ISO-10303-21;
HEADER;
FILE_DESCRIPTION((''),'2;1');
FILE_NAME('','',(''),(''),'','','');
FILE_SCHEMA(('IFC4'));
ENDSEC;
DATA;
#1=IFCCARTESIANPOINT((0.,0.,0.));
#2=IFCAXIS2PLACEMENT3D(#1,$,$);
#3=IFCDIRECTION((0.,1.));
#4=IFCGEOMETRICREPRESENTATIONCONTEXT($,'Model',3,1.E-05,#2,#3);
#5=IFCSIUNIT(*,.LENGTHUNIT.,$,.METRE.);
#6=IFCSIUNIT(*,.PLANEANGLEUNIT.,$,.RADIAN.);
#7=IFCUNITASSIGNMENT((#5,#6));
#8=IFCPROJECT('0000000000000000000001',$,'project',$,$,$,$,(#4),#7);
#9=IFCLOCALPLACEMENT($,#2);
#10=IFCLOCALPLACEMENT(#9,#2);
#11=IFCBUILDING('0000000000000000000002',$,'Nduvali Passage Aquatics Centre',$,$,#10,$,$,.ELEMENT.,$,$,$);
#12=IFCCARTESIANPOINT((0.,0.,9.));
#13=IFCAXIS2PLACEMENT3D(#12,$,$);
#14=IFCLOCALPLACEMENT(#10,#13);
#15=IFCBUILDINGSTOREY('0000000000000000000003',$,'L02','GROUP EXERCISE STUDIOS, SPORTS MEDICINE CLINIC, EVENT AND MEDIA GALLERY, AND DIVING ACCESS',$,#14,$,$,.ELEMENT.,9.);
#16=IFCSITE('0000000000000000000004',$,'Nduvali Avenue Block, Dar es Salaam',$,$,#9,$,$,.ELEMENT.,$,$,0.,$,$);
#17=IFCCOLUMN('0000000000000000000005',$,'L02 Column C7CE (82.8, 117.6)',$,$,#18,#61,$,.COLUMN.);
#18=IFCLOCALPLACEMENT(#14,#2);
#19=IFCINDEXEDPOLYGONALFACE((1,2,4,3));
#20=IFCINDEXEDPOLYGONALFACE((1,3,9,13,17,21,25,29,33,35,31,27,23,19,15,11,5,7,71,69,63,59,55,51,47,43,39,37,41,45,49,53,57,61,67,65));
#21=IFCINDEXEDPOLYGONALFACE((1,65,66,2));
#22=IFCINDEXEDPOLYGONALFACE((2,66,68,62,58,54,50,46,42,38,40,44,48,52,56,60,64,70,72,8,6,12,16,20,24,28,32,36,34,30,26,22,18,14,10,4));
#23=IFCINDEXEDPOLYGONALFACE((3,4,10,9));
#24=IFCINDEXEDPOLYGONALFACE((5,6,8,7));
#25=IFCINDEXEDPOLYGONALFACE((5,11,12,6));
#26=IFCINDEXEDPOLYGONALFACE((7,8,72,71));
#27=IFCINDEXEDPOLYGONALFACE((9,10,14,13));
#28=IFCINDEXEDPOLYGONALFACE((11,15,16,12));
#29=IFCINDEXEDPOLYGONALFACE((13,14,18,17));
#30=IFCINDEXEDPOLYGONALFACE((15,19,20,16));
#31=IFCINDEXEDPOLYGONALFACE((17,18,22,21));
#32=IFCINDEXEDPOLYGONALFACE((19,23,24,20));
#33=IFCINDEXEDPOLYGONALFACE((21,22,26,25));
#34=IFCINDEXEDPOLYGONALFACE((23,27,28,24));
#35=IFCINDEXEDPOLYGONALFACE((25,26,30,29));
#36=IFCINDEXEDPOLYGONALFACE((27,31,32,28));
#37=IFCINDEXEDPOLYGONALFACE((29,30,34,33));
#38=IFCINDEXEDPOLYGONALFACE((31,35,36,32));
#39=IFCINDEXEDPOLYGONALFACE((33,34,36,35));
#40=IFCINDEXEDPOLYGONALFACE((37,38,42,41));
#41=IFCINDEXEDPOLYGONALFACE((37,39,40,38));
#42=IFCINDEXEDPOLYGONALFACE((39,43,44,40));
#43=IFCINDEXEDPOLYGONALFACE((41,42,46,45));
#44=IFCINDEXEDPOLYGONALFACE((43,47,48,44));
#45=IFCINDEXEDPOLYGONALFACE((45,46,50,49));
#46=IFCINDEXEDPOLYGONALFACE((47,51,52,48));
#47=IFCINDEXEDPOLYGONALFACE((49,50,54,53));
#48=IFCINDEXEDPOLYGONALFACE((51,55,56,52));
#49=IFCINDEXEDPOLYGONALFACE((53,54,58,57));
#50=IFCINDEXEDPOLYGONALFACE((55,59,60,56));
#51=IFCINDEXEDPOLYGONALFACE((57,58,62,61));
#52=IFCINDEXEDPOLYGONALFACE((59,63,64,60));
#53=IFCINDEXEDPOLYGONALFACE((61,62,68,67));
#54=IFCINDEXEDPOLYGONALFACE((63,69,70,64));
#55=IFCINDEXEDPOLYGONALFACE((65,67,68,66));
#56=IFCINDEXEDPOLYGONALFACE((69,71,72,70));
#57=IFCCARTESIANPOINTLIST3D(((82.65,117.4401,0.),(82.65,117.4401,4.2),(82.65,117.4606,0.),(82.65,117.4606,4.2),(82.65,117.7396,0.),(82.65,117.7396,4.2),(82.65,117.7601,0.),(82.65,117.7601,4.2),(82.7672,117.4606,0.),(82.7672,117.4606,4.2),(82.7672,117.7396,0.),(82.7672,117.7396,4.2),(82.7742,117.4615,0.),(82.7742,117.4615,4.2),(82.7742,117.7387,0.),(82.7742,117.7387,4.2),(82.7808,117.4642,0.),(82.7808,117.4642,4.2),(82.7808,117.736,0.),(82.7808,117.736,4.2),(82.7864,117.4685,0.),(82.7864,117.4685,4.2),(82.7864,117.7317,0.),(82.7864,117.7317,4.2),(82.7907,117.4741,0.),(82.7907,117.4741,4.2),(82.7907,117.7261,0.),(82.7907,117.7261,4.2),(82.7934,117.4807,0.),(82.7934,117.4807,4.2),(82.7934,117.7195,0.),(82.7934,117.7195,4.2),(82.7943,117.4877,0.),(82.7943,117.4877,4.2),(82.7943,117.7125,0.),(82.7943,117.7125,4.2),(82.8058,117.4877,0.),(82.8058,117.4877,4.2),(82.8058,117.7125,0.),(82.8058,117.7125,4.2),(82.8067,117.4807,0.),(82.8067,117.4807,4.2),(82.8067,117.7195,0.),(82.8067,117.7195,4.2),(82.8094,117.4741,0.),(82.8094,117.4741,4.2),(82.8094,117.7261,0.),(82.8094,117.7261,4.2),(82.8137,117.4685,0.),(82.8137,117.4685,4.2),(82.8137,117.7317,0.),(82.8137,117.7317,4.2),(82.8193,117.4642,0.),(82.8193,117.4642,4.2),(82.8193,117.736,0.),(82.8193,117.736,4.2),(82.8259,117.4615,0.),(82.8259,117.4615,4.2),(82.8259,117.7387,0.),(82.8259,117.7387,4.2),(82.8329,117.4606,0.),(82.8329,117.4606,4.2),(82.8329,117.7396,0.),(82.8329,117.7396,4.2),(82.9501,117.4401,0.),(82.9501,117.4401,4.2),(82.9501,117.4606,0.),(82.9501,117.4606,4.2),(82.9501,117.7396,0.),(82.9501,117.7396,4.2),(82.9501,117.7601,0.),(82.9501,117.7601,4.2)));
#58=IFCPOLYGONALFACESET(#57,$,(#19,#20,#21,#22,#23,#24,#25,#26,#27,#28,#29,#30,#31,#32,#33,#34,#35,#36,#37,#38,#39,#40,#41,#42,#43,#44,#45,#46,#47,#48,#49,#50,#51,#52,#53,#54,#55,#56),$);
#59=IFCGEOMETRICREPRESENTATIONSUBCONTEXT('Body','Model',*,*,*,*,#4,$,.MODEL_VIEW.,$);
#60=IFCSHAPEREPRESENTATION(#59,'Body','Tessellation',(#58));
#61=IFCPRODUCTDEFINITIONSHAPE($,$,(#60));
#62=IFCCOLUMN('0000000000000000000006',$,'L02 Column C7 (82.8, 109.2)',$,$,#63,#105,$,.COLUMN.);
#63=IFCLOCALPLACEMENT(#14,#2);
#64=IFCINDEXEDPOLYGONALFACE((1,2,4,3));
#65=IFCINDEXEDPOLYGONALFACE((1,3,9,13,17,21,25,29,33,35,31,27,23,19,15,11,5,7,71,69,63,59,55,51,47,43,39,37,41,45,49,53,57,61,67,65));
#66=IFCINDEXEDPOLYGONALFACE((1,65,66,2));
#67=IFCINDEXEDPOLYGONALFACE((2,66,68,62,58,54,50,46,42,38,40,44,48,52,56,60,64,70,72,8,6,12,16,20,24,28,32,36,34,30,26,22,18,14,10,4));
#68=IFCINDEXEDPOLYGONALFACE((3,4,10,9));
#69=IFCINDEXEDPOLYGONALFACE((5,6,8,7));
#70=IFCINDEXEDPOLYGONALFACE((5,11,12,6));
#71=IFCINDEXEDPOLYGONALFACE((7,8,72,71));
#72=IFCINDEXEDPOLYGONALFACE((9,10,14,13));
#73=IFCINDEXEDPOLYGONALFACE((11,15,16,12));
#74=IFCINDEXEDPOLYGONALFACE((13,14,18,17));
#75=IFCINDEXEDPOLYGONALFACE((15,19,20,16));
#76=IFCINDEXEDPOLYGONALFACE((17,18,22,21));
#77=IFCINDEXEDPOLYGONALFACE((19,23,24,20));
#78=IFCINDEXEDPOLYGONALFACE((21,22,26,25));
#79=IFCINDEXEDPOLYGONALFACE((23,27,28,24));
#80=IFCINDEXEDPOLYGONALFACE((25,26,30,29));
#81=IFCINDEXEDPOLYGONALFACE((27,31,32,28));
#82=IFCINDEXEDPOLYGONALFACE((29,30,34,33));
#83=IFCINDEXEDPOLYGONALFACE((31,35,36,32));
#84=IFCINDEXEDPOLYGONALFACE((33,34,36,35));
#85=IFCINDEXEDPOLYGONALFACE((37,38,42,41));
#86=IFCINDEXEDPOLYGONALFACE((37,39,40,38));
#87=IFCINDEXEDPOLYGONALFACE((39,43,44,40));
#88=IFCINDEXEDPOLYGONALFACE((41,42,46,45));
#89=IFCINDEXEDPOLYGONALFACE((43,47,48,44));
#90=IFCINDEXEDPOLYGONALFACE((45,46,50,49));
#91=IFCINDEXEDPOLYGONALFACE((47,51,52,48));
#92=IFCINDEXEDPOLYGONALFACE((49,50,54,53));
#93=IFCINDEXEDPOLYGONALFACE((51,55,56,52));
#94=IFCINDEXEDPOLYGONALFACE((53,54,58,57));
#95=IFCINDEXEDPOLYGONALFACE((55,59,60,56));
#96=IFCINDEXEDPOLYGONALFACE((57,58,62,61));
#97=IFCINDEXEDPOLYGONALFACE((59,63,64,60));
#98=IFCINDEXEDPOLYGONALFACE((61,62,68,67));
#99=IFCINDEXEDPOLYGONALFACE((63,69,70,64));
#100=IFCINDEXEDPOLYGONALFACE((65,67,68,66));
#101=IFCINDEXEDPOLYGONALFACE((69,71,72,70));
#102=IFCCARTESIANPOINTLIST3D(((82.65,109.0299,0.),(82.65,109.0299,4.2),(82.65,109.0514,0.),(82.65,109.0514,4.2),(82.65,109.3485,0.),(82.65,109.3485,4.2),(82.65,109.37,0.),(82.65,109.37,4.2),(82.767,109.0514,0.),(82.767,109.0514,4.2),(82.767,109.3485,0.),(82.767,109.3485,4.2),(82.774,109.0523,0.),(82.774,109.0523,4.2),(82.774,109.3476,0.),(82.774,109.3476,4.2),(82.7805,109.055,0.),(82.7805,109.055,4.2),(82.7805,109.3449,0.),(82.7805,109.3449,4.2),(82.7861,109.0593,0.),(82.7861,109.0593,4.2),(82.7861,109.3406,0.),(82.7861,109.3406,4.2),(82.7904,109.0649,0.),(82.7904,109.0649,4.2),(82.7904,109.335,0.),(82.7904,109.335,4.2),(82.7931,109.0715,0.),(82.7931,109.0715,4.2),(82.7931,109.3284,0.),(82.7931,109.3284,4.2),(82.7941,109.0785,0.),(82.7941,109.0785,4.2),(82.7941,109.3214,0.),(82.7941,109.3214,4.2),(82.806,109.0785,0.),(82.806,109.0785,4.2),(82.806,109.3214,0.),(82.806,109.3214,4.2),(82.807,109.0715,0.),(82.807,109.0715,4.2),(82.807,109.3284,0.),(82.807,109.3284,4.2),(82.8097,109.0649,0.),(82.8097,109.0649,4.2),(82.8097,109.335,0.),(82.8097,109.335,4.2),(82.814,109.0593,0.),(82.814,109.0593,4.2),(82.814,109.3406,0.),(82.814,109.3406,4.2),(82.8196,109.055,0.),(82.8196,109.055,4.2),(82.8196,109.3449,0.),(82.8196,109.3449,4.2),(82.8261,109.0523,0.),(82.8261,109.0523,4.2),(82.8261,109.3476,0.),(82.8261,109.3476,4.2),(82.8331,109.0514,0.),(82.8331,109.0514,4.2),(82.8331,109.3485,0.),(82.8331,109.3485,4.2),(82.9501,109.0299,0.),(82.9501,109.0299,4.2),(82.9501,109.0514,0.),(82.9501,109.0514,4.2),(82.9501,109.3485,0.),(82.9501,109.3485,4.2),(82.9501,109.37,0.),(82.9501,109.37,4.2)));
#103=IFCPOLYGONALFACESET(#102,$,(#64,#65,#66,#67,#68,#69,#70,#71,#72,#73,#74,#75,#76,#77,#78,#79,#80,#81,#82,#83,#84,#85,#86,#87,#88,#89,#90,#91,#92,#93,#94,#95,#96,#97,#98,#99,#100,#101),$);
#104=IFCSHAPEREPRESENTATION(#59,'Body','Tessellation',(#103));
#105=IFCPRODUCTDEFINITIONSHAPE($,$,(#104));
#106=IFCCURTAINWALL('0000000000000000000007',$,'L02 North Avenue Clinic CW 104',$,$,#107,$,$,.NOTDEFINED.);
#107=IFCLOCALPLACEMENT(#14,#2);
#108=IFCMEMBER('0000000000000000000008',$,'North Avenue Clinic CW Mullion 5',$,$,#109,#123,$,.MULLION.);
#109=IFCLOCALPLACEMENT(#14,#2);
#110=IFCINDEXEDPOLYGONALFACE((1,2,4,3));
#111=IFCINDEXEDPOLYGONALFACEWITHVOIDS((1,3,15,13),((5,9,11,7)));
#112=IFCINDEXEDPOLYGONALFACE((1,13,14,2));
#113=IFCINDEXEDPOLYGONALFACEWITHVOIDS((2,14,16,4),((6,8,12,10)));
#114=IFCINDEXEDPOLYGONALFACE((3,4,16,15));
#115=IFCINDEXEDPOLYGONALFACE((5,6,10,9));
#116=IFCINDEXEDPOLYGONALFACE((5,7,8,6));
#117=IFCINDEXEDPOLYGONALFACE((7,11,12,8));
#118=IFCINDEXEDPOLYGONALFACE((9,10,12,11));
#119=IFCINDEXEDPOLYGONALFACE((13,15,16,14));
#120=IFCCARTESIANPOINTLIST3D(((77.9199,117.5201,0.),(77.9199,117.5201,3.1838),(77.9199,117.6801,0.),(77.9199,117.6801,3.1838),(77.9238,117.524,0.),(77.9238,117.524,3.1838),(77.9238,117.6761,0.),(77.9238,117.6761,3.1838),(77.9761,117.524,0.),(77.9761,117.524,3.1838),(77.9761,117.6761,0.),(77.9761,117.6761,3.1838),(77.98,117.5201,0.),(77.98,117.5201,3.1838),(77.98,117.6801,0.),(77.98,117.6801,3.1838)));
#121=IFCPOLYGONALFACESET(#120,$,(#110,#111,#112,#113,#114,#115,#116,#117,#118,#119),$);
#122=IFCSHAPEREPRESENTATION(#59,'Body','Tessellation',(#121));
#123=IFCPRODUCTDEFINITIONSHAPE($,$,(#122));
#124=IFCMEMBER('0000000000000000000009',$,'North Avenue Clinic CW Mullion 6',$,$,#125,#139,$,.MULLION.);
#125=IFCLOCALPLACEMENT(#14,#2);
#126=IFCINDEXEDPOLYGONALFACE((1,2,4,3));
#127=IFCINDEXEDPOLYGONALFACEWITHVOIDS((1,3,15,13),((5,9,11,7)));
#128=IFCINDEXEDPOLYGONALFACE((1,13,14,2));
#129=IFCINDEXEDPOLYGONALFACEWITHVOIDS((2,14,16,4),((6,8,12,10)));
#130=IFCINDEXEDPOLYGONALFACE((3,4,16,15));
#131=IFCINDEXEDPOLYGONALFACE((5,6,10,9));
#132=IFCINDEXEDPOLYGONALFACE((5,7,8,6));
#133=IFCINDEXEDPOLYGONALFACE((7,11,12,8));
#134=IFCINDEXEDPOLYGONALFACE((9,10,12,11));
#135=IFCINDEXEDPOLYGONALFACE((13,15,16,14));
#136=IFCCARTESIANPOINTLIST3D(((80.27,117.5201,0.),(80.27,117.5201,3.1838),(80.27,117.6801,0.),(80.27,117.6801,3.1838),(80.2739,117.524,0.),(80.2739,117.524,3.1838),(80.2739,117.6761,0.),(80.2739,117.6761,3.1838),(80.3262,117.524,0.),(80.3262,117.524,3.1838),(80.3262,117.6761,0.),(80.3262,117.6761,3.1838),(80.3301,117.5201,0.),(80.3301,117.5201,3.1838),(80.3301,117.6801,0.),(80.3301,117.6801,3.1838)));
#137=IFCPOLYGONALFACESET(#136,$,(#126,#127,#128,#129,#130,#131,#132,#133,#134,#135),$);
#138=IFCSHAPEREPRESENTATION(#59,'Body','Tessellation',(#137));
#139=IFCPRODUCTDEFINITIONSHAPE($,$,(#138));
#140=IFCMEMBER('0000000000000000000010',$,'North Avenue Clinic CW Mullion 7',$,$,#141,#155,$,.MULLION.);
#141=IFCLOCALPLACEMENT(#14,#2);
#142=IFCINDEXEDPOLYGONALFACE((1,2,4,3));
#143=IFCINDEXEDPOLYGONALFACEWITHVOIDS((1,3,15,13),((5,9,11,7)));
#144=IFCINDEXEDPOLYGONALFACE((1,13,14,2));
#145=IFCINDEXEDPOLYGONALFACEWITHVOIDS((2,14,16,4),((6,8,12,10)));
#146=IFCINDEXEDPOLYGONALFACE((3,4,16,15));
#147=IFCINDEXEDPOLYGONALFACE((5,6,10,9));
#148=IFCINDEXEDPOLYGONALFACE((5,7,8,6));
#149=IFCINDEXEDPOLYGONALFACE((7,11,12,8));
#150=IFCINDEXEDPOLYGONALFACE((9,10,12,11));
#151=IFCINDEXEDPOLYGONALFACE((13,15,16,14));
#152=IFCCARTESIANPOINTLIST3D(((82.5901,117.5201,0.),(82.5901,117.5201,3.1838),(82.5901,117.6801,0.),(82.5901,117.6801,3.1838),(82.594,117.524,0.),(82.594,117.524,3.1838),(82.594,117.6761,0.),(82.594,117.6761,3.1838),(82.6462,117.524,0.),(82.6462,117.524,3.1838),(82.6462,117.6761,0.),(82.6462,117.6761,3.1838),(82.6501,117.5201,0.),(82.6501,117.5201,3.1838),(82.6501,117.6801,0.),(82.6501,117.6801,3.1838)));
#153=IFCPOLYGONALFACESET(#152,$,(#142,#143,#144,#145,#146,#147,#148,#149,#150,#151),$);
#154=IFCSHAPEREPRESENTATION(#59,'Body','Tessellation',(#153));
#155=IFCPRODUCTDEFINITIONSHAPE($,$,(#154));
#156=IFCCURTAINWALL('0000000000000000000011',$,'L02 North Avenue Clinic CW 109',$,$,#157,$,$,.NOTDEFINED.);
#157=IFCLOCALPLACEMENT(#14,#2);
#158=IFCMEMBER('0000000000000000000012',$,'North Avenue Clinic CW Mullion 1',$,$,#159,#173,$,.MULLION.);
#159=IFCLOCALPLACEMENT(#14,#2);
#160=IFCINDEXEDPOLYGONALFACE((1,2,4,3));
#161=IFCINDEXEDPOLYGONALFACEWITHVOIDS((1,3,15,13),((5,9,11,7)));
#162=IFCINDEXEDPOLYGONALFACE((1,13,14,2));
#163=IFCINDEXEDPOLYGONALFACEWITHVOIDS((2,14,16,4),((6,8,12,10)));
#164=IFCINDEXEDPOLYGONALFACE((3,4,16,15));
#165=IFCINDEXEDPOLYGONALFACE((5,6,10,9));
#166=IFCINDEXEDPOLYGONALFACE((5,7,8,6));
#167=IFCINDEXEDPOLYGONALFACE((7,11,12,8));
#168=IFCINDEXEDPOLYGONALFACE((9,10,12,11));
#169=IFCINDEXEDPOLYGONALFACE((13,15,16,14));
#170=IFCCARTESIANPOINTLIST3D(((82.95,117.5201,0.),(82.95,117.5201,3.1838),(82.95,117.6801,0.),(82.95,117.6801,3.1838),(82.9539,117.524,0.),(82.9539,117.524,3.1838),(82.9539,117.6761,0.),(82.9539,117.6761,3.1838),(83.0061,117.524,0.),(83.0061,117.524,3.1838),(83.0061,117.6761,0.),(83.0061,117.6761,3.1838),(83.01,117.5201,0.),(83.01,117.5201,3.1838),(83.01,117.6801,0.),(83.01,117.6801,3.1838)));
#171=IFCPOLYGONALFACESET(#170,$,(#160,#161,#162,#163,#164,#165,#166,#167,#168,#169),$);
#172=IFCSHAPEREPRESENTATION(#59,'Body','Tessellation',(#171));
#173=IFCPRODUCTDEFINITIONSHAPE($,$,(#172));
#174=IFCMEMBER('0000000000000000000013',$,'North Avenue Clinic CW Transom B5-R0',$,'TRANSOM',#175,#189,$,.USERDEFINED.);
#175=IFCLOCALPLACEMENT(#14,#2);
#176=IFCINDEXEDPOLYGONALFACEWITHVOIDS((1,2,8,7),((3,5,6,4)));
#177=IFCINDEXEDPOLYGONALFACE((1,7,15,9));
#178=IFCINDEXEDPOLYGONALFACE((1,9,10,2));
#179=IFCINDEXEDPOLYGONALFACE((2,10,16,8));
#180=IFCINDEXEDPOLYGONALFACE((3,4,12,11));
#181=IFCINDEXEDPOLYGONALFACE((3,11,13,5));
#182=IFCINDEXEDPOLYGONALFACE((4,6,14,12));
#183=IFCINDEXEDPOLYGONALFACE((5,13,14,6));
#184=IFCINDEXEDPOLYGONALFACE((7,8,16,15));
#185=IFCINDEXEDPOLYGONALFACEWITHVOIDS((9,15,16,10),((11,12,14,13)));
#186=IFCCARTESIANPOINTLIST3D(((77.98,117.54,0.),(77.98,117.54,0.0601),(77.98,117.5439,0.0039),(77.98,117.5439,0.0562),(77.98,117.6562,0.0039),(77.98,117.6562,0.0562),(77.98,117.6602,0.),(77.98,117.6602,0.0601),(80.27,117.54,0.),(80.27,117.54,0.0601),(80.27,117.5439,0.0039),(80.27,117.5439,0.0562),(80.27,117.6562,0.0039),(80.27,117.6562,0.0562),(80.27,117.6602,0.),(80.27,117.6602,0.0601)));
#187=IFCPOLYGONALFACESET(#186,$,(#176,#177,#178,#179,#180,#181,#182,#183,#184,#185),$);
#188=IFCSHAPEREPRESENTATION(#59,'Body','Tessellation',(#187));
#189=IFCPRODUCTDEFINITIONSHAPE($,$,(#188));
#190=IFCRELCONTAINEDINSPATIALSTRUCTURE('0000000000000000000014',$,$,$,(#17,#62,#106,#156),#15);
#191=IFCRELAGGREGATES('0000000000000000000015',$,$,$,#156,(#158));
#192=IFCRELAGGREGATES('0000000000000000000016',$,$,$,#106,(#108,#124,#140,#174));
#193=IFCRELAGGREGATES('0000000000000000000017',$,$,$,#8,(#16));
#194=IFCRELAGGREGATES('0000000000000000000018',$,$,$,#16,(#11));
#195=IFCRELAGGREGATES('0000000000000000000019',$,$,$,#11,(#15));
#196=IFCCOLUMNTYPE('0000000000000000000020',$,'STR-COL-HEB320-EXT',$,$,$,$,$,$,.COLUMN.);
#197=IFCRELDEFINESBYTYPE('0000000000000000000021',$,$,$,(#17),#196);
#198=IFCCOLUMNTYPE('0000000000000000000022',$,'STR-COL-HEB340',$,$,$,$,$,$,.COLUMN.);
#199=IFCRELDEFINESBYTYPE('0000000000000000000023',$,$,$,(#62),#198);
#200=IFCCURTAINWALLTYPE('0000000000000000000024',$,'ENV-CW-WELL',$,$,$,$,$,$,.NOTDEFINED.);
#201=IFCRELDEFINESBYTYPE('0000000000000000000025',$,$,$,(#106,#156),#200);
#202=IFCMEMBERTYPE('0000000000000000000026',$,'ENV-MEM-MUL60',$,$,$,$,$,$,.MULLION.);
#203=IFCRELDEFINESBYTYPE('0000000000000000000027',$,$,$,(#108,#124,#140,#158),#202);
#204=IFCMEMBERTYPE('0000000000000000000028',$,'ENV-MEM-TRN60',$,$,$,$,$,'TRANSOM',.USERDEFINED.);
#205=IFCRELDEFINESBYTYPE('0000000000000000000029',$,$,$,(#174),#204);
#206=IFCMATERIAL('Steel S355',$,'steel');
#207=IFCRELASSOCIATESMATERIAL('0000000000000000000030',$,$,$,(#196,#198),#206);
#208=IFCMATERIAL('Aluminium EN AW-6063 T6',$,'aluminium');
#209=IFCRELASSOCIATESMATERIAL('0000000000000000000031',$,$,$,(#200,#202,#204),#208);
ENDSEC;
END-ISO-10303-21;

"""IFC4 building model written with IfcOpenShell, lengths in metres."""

from ifc_helpers import new_model, si_unit, direction, frame, origin, origin_2d, place, context, subcontext, project, spatial, hollow_rectangle, i_section, extrude, material, material_profile, profile_set, type_object, element, aggregate, save


model = new_model("IFC4")

# Units and contexts
model_context = context("Model", 3, precision=1e-05, world=origin(), true_north=direction((0.0, 1.0)))
body_context = subcontext(model_context, "Body", "Model", "MODEL_VIEW")
ifc_project = project(units=[si_unit("LENGTHUNIT", "METRE"), si_unit("PLANEANGLEUNIT", "RADIAN")], contexts=[model_context])

# Site, building, storey
site_placement = place(None, origin())
site = spatial("IfcSite", under=ifc_project, at=site_placement, Name="Nduvali Avenue Block, Dar es Salaam", CompositionType="ELEMENT", RefElevation=0.0)
building_placement = place(site_placement, origin())
building = spatial("IfcBuilding", under=site, at=building_placement, Name="Nduvali Passage Aquatics Centre", CompositionType="ELEMENT")
storey_placement = place(building_placement, frame((0.0, 0.0, 9.0)))
storey = spatial("IfcBuildingStorey", under=building, at=storey_placement, Name="L02", Description="GROUP EXERCISE STUDIOS, SPORTS MEDICINE CLINIC, EVENT AND MEDIA GALLERY, AND DIVING ACCESS", CompositionType="ELEMENT", Elevation=9.0)

# Columns
ifc_material_1 = material(Name="Steel S355", Category="steel")
ifc_material_profile_1 = material_profile(ifc_material_1, i_section(OverallWidth=0.3, OverallDepth=0.3201, WebThickness=0.0115, FlangeThickness=0.0205, FilletRadius=0.0271, at=origin_2d()), Name="HEB 320")
ifc_profile_set_1 = profile_set([ifc_material_profile_1], Name="Steel S355")
column_type_1 = type_object("IfcColumnType", Name="STR-COL-HEB320-EXT", PredefinedType="COLUMN", material=ifc_profile_set_1)
column_1_placement = place(storey_placement, frame((82.8, 117.6001, 0.0), z_axis=(0.0, 0.0, 1.0), x_axis=(1.0, 0.0, 0.0)))
element("IfcColumn", 1, at=column_1_placement, inside=storey, type_object=column_type_1, Name="L02 Column C7CE (82.8, 117.6)", PredefinedType="COLUMN", context=body_context, shape_type="SweptSolid", body=[
    extrude(i_section(OverallWidth=0.3, OverallDepth=0.3201, WebThickness=0.0115, FlangeThickness=0.0205, FilletRadius=0.0271, at=origin_2d()), origin(), (0.0, 0.0, 1.0), 4.2),
])
ifc_material_profile_2 = material_profile(ifc_material_1, i_section(OverallWidth=0.3, OverallDepth=0.3401, WebThickness=0.012, FlangeThickness=0.0215, FilletRadius=0.0271, at=origin_2d()), Name="HEB 340")
ifc_profile_set_2 = profile_set([ifc_material_profile_2], Name="Steel S355")
column_type_2 = type_object("IfcColumnType", Name="STR-COL-HEB340", PredefinedType="COLUMN", material=ifc_profile_set_2)
column_2_placement = place(storey_placement, frame((82.8, 109.2, 0.0), z_axis=(0.0, 0.0, 1.0), x_axis=(1.0, 0.0, 0.0)))
element("IfcColumn", 2, at=column_2_placement, inside=storey, type_object=column_type_2, Name="L02 Column C7 (82.8, 109.2)", PredefinedType="COLUMN", context=body_context, shape_type="SweptSolid", body=[
    extrude(i_section(OverallWidth=0.3, OverallDepth=0.3401, WebThickness=0.012, FlangeThickness=0.0215, FilletRadius=0.0271, at=origin_2d()), origin(), (0.0, 0.0, 1.0), 4.2),
])

# Curtain wall, members
ifc_material_2 = material(Name="Aluminium EN AW-6063 T6", Category="aluminium")
curtain_wall_type = type_object("IfcCurtainWallType", Name="ENV-CW-WELL", PredefinedType="NOTDEFINED", material=ifc_material_2)
curtain_wall_1_placement = place(storey_placement, origin())
curtain_wall_1 = element("IfcCurtainWall", 3, at=curtain_wall_1_placement, inside=storey, type_object=curtain_wall_type, Name="L02 North Avenue Clinic CW 104", PredefinedType="NOTDEFINED")
ifc_material_profile_3 = material_profile(ifc_material_2, hollow_rectangle(XDim=0.0601, YDim=0.1599, WallThickness=0.0039, at=origin_2d()), Name="ALU MULLION 60x160x4")
ifc_profile_set_3 = profile_set([ifc_material_profile_3], Name="Aluminium EN AW-6063 T6")
member_type_1 = type_object("IfcMemberType", Name="ENV-MEM-MUL60", PredefinedType="MULLION", material=ifc_profile_set_3)
member_1_placement = place(storey_placement, frame((77.95, 117.6001, 0.0), z_axis=(0.0, 0.0, 1.0), x_axis=(1.0, 0.0, 0.0)))
member_1 = element("IfcMember", 4, at=member_1_placement, type_object=member_type_1, Name="North Avenue Clinic CW Mullion 5", PredefinedType="MULLION", context=body_context, shape_type="SweptSolid", body=[
    extrude(hollow_rectangle(XDim=0.0601, YDim=0.1599, WallThickness=0.0039, at=origin_2d()), origin(), (0.0, 0.0, 1.0), 3.1838),
])
member_2_placement = place(storey_placement, frame((80.3, 117.6001, 0.0), z_axis=(0.0, 0.0, 1.0), x_axis=(1.0, 0.0, 0.0)))
member_2 = element("IfcMember", 5, at=member_2_placement, type_object=member_type_1, Name="North Avenue Clinic CW Mullion 6", PredefinedType="MULLION", context=body_context, shape_type="SweptSolid", body=[
    extrude(hollow_rectangle(XDim=0.0601, YDim=0.1599, WallThickness=0.0039, at=origin_2d()), origin(), (0.0, 0.0, 1.0), 3.1838),
])
member_3_placement = place(storey_placement, frame((82.6201, 117.6001, 0.0), z_axis=(0.0, 0.0, 1.0), x_axis=(1.0, 0.0, 0.0)))
member_3 = element("IfcMember", 6, at=member_3_placement, type_object=member_type_1, Name="North Avenue Clinic CW Mullion 7", PredefinedType="MULLION", context=body_context, shape_type="SweptSolid", body=[
    extrude(hollow_rectangle(XDim=0.0601, YDim=0.1599, WallThickness=0.0039, at=origin_2d()), origin(), (0.0, 0.0, 1.0), 3.1838),
])

# Curtain wall, member
curtain_wall_2_placement = place(storey_placement, origin())
curtain_wall_2 = element("IfcCurtainWall", 7, at=curtain_wall_2_placement, inside=storey, type_object=curtain_wall_type, Name="L02 North Avenue Clinic CW 109", PredefinedType="NOTDEFINED")
member_4_placement = place(storey_placement, frame((82.98, 117.6001, 0.0), z_axis=(0.0, 0.0, 1.0), x_axis=(1.0, 0.0, 0.0)))
member_4 = element("IfcMember", 8, at=member_4_placement, type_object=member_type_1, Name="North Avenue Clinic CW Mullion 1", PredefinedType="MULLION", context=body_context, shape_type="SweptSolid", body=[
    extrude(hollow_rectangle(XDim=0.0601, YDim=0.1599, WallThickness=0.0039, at=origin_2d()), origin(), (0.0, 0.0, 1.0), 3.1838),
])

# Member
ifc_material_profile_4 = material_profile(ifc_material_2, hollow_rectangle(XDim=0.1201, YDim=0.0601, WallThickness=0.0039, at=origin_2d()), Name="ALU TRANSOM 120x60x4")
ifc_profile_set_4 = profile_set([ifc_material_profile_4], Name="Aluminium EN AW-6063 T6")
member_type_2 = type_object("IfcMemberType", Name="ENV-MEM-TRN60", ElementType="TRANSOM", PredefinedType="USERDEFINED", material=ifc_profile_set_4)
member_5_placement = place(storey_placement, frame((77.98, 117.6001, 0.03), z_axis=(1.0, 0.0, 0.0), x_axis=(0.0, 1.0, 0.0)))
member_5 = element("IfcMember", 9, at=member_5_placement, type_object=member_type_2, Name="North Avenue Clinic CW Transom B5-R0", ObjectType="TRANSOM", PredefinedType="USERDEFINED", context=body_context, shape_type="SweptSolid", body=[
    extrude(hollow_rectangle(XDim=0.1201, YDim=0.0601, WallThickness=0.0039, at=origin_2d()), origin(), (0.0, 0.0, 1.0), 2.29),
])
aggregate(curtain_wall_2, [member_4])

aggregate(curtain_wall_1, [member_1, member_2, member_3, member_5])

save(model, "model.ifc")
